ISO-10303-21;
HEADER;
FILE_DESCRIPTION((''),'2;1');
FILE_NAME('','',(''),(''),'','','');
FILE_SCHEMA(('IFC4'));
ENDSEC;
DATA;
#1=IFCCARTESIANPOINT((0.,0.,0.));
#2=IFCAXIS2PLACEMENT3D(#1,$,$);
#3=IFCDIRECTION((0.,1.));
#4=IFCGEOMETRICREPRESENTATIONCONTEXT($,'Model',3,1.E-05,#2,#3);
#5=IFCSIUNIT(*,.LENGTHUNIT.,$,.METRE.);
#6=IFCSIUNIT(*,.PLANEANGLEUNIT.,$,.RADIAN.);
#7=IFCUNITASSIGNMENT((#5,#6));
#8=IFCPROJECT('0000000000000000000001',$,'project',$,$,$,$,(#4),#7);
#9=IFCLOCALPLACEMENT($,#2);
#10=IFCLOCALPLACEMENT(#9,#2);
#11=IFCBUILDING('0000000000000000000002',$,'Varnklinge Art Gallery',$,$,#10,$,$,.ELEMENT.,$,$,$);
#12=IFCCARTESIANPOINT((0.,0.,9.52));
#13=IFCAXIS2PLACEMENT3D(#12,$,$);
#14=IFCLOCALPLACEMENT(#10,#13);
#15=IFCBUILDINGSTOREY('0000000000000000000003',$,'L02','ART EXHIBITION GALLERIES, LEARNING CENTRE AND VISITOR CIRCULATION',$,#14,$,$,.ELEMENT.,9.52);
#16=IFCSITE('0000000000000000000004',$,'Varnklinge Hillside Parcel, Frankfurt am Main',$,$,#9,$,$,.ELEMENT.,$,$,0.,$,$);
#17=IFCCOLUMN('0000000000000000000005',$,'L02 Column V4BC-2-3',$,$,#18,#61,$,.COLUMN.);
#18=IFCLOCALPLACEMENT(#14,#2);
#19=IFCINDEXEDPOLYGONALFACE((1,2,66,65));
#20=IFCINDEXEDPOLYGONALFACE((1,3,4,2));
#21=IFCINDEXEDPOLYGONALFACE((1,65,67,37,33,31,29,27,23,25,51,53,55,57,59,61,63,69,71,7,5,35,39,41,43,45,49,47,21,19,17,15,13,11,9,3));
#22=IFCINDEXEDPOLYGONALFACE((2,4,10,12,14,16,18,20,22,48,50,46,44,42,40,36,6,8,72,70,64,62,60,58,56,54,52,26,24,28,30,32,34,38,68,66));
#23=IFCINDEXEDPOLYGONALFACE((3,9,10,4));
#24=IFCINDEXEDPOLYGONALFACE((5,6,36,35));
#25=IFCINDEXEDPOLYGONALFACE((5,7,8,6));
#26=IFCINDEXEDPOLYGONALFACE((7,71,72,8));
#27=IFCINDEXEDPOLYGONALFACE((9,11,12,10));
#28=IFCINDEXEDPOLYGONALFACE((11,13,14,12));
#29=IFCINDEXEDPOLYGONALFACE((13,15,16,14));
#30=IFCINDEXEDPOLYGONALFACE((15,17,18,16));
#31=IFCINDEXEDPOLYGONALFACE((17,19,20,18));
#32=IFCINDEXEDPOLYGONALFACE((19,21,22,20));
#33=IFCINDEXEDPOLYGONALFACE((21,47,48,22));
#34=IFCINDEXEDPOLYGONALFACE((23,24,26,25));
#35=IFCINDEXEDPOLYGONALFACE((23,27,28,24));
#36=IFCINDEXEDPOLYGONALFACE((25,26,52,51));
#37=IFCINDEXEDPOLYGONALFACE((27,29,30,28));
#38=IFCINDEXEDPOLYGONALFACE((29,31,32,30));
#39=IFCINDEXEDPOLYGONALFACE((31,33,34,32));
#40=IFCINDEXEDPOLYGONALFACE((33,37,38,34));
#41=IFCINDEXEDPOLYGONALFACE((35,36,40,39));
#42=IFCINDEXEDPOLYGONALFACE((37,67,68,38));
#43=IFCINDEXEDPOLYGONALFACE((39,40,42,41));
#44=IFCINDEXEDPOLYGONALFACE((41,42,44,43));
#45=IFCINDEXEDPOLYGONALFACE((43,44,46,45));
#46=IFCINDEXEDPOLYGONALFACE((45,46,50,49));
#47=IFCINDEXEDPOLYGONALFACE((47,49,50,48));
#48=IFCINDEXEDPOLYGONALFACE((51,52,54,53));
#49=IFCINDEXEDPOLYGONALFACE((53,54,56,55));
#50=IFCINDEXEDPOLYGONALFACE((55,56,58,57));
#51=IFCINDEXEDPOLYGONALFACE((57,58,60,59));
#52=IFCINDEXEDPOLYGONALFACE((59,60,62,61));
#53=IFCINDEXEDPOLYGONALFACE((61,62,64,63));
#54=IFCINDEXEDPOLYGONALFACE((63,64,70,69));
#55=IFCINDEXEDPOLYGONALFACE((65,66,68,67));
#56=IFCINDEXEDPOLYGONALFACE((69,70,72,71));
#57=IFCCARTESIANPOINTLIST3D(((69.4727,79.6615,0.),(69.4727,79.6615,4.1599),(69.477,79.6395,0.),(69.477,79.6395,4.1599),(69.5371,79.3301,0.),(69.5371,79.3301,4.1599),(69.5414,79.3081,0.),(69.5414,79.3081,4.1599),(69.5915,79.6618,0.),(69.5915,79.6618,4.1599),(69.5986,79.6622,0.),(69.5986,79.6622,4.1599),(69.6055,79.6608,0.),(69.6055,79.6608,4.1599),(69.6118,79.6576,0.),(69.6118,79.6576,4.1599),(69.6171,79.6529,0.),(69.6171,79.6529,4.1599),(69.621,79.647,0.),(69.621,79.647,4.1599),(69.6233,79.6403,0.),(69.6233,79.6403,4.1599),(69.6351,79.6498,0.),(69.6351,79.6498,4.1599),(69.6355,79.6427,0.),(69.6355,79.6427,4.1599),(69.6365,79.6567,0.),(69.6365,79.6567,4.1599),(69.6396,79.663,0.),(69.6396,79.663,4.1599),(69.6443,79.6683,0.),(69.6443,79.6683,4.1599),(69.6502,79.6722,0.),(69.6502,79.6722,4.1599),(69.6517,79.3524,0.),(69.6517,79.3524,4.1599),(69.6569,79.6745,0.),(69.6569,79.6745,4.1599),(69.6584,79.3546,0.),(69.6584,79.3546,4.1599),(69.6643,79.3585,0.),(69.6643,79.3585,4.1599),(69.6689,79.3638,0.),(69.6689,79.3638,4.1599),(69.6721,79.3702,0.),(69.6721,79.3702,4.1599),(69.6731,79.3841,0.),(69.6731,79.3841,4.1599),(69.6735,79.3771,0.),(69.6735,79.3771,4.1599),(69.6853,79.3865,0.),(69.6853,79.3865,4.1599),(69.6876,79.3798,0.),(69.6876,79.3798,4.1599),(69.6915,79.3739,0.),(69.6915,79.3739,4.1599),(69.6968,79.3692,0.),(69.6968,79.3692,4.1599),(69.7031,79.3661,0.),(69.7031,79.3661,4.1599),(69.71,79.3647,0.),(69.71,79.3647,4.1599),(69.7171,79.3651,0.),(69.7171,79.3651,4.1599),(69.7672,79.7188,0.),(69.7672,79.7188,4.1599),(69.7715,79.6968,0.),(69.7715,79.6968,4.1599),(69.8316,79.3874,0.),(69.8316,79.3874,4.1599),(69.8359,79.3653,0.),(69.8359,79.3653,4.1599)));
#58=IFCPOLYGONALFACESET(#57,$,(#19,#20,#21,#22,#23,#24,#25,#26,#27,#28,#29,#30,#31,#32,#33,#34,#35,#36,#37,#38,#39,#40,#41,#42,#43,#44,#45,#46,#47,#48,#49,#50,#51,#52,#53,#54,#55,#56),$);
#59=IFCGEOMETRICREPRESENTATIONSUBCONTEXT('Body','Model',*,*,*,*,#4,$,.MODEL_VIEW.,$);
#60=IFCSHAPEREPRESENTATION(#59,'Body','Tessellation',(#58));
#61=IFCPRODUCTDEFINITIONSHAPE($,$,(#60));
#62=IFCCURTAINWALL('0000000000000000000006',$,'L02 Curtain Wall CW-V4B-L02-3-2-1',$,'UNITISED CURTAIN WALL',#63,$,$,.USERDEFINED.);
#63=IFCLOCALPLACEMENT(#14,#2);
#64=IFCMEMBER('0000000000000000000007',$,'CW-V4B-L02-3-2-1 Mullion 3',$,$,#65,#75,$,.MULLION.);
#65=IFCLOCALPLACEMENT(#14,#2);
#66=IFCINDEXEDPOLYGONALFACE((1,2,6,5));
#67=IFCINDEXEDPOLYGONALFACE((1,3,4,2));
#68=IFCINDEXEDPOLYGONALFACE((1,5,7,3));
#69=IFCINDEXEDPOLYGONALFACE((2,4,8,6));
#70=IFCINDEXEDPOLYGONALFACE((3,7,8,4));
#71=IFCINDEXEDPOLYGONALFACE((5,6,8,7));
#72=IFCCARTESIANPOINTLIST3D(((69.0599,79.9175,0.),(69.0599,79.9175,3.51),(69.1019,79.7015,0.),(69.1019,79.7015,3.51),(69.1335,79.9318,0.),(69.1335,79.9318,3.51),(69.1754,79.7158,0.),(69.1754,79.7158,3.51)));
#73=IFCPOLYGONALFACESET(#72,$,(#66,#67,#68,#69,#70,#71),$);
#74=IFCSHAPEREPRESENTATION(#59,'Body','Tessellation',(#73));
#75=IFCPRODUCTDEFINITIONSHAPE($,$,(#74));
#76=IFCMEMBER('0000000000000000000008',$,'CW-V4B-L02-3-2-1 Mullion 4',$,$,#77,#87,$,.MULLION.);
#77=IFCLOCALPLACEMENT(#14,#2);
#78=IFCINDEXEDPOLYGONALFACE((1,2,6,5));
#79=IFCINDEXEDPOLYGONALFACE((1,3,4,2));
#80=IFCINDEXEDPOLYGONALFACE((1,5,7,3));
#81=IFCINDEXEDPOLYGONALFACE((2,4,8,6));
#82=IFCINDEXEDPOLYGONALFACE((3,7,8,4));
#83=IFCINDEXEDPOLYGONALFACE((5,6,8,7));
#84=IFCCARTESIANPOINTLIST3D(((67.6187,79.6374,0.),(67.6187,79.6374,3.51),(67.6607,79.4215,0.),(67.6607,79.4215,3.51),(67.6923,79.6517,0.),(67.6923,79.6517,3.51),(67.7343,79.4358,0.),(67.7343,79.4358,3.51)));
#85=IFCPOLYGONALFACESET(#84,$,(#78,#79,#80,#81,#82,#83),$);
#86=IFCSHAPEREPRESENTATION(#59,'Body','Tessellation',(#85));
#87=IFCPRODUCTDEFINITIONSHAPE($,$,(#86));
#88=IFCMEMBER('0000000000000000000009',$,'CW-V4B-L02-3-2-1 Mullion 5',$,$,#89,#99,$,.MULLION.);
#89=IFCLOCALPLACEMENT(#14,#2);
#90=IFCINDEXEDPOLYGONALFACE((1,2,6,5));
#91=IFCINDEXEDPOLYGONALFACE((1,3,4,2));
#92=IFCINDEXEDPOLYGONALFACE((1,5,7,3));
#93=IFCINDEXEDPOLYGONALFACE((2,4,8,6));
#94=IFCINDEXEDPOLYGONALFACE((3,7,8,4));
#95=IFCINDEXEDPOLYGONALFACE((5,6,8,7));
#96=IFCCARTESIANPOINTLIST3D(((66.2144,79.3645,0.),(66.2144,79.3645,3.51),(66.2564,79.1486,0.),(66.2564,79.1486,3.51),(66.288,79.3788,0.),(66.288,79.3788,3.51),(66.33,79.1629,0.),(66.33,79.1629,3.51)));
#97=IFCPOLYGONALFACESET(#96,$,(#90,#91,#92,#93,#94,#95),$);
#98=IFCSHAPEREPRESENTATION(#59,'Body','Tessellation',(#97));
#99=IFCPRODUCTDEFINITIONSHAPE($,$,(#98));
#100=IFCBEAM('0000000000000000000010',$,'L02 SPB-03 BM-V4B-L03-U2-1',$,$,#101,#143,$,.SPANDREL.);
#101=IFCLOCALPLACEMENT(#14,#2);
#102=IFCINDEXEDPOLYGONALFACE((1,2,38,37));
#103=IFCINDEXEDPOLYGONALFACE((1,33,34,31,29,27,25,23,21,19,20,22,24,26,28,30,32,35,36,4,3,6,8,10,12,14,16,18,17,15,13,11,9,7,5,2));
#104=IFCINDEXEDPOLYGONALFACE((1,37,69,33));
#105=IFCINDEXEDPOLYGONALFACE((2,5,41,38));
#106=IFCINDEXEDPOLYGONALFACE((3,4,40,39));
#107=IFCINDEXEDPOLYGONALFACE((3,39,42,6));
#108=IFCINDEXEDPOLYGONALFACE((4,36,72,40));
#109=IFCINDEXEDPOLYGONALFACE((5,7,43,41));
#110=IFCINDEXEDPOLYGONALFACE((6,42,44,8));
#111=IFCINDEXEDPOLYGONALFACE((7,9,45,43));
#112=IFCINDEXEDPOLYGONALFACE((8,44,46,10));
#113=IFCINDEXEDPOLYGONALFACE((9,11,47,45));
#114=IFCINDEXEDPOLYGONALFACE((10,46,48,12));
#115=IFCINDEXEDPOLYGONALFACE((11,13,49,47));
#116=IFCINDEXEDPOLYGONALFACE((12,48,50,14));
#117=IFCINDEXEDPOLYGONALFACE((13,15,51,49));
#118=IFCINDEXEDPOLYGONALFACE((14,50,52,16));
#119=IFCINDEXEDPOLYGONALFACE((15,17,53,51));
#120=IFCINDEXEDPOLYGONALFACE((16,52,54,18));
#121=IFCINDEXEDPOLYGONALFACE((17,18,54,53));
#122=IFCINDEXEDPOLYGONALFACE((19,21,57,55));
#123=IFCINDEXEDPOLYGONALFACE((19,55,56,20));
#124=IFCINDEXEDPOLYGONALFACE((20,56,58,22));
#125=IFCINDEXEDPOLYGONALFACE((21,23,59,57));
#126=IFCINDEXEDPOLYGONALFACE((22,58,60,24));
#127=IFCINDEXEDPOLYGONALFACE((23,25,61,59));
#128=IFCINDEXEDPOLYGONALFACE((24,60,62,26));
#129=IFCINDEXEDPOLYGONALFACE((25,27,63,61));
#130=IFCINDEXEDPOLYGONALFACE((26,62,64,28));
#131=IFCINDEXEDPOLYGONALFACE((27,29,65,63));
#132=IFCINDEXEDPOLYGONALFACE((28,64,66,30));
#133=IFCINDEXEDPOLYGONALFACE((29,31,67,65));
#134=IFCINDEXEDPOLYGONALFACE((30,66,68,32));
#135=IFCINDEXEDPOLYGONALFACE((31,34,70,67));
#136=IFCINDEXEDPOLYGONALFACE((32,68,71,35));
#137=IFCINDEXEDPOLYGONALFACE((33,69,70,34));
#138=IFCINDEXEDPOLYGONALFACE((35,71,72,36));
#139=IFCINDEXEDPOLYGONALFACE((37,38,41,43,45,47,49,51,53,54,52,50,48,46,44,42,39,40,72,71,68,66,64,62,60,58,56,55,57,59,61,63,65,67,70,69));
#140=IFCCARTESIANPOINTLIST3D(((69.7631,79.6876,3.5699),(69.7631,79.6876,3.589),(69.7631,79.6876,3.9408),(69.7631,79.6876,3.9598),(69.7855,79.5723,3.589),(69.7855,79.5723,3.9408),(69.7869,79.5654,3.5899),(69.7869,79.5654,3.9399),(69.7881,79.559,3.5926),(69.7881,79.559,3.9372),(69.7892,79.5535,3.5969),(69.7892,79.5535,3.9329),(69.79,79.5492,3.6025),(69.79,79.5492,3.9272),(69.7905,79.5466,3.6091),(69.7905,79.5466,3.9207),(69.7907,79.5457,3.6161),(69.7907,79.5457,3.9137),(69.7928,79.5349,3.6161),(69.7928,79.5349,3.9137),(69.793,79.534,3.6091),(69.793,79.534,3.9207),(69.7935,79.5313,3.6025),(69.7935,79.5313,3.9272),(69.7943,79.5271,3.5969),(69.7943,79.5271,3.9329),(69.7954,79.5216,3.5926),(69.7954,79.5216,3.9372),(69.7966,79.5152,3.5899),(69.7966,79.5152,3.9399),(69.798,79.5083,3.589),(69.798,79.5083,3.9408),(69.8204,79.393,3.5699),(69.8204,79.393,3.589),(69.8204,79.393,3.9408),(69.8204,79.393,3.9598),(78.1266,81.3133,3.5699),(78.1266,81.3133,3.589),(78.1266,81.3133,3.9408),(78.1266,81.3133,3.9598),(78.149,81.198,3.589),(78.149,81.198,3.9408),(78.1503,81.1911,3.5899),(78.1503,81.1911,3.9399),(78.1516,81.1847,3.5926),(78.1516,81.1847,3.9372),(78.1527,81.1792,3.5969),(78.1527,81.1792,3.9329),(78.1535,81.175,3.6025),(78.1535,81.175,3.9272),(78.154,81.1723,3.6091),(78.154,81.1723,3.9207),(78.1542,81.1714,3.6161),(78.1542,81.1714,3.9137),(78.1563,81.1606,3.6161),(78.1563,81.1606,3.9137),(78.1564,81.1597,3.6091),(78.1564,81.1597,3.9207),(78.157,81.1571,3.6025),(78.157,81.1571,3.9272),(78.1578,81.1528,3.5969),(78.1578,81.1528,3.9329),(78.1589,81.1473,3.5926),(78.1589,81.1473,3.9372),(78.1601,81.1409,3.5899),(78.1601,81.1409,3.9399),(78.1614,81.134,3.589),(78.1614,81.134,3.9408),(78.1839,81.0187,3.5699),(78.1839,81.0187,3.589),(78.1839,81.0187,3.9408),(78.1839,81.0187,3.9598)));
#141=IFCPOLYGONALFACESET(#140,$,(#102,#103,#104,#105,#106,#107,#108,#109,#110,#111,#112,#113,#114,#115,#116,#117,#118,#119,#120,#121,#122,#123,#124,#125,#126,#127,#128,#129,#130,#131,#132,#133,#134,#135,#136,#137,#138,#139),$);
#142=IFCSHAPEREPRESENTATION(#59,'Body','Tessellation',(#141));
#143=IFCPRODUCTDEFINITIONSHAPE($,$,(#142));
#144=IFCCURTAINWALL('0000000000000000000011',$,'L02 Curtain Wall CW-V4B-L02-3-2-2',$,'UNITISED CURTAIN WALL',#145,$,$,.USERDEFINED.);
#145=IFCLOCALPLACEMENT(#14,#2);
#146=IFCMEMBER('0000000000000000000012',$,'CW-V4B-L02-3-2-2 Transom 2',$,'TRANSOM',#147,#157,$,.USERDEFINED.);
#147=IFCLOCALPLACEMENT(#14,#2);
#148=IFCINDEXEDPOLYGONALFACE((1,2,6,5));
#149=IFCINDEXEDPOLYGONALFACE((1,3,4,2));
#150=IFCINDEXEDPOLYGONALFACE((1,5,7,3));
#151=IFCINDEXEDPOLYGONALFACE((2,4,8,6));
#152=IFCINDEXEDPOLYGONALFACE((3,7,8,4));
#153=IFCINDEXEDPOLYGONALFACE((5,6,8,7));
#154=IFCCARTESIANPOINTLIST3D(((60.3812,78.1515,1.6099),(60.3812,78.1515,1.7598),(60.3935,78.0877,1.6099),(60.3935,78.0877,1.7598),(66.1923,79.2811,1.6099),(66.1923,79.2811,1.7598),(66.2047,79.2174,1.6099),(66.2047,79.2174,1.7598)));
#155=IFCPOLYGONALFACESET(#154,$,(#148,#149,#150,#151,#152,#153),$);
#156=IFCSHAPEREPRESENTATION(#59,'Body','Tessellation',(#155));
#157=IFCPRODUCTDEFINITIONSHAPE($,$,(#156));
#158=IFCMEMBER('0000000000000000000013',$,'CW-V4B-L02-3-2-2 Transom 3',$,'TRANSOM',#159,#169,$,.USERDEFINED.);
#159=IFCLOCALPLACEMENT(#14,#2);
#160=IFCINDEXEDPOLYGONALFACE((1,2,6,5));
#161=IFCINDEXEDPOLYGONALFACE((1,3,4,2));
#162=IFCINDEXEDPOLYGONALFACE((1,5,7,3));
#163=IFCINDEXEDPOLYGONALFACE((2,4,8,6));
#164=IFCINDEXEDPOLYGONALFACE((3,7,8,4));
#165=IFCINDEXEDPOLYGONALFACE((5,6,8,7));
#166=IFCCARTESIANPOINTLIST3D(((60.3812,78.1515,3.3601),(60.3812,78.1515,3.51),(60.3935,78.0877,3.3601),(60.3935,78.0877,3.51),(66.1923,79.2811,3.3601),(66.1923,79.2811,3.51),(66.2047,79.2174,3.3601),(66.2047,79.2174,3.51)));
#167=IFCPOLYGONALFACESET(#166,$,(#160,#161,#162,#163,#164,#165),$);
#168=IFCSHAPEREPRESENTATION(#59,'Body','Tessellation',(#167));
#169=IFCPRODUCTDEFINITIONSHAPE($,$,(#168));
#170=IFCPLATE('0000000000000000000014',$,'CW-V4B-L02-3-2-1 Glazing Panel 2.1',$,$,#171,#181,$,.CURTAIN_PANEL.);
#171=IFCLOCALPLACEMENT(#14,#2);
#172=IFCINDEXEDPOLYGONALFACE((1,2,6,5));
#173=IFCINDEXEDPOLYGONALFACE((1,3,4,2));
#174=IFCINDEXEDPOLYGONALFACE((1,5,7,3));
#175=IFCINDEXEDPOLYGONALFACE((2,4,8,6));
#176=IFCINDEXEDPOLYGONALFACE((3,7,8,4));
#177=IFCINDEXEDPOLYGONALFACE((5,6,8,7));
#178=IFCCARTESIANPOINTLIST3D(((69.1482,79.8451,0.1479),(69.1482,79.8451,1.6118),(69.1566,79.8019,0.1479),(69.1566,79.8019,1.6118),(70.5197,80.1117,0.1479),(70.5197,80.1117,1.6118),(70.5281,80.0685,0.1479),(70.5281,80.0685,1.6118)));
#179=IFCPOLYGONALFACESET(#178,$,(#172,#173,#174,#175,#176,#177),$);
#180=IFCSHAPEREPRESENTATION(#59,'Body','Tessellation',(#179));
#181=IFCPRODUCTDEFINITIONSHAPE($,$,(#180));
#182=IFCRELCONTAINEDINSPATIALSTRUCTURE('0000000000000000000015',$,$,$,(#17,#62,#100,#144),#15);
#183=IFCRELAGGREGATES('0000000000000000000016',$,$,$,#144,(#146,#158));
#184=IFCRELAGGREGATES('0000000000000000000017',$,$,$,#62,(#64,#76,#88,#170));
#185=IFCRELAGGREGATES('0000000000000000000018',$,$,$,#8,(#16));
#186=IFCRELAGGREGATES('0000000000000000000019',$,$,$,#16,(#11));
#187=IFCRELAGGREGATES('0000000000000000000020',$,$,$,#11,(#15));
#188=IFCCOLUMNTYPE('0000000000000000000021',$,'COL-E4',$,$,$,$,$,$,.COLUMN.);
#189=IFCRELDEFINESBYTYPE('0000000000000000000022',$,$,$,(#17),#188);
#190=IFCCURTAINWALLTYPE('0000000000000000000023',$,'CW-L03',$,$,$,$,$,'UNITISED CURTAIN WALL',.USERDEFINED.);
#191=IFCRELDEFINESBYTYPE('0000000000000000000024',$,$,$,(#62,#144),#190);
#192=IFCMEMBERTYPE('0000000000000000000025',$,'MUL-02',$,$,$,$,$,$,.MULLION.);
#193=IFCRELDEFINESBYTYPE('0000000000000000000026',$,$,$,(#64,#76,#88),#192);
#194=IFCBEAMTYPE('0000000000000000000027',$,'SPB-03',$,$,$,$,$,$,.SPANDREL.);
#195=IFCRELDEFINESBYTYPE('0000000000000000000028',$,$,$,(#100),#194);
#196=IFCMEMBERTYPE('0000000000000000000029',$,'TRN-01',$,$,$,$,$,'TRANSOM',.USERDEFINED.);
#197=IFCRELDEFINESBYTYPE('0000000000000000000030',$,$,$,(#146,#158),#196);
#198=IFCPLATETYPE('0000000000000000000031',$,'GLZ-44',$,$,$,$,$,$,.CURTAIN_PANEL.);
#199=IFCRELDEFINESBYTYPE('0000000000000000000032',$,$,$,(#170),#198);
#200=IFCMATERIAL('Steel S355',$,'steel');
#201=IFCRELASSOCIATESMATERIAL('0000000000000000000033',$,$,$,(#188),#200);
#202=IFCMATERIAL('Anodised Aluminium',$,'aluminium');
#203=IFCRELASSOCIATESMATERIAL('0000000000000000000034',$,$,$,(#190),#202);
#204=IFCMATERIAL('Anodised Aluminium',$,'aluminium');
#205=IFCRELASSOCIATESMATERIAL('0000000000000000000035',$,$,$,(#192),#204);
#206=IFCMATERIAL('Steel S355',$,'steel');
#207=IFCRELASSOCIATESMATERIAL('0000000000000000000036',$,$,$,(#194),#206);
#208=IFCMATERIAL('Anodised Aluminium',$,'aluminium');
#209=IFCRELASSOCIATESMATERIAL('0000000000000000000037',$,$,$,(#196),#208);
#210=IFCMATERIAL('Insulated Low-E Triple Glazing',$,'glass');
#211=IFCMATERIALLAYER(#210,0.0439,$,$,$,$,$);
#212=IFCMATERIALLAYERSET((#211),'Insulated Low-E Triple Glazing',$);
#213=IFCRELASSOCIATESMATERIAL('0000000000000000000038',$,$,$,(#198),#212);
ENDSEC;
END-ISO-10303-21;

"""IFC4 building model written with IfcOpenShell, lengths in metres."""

from ifc_helpers import new_model, si_unit, direction, frame, origin, origin_2d, place, context, subcontext, project, spatial, rectangle, i_section, extrude, material, layer, layer_set, material_profile, profile_set, type_object, element, aggregate, save


model = new_model("IFC4")

# Units and contexts
model_context = context("Model", 3, precision=1e-05, world=origin(), true_north=direction((0.0, 1.0)))
body_context = subcontext(model_context, "Body", "Model", "MODEL_VIEW")
ifc_project = project(units=[si_unit("LENGTHUNIT", "METRE"), si_unit("PLANEANGLEUNIT", "RADIAN")], contexts=[model_context])

# Site, building, storey
site_placement = place(None, origin())
site = spatial("IfcSite", under=ifc_project, at=site_placement, Name="Varnklinge Hillside Parcel, Frankfurt am Main", CompositionType="ELEMENT", RefElevation=0.0)
building_placement = place(site_placement, origin())
building = spatial("IfcBuilding", under=site, at=building_placement, Name="Varnklinge Art Gallery", CompositionType="ELEMENT")
storey_placement = place(building_placement, frame((0.0, 0.0, 9.52)))
storey = spatial("IfcBuildingStorey", under=building, at=storey_placement, Name="L02", Description="ART EXHIBITION GALLERIES, LEARNING CENTRE AND VISITOR CIRCULATION", CompositionType="ELEMENT", Elevation=9.52)

# Column
ifc_material_1 = material(Name="Steel S355", Category="steel")
ifc_material_profile_1 = material_profile(ifc_material_1, i_section(OverallWidth=0.3, OverallDepth=0.3601, WebThickness=0.0125, FlangeThickness=0.0225, FilletRadius=0.0271, at=origin_2d()), Name="HEB 360")
ifc_profile_set_1 = profile_set([ifc_material_profile_1], Name="Steel S355")
column_type = type_object("IfcColumnType", Name="COL-E4", PredefinedType="COLUMN", material=ifc_profile_set_1)
column_placement = place(storey_placement, frame((69.6543, 79.5134, 0.0), z_axis=(0.0, 0.0, 1.0), x_axis=(0.981627, 0.190809, 0.0)))
element("IfcColumn", 1, at=column_placement, inside=storey, type_object=column_type, Name="L02 Column V4BC-2-3", PredefinedType="COLUMN", context=body_context, shape_type="SweptSolid", body=[
    extrude(i_section(OverallWidth=0.3, OverallDepth=0.3601, WebThickness=0.0125, FlangeThickness=0.0225, FilletRadius=0.0271, at=origin_2d()), origin(), (0.0, 0.0, 1.0), 4.1599),
])

# Curtain wall, members
ifc_material_2 = material(Name="Anodised Aluminium", Category="aluminium")
curtain_wall_type = type_object("IfcCurtainWallType", Name="CW-L03", ElementType="UNITISED CURTAIN WALL", PredefinedType="USERDEFINED", material=ifc_material_2)
curtain_wall_1_placement = place(storey_placement, origin())
curtain_wall_1 = element("IfcCurtainWall", 2, at=curtain_wall_1_placement, inside=storey, type_object=curtain_wall_type, Name="L02 Curtain Wall CW-V4B-L02-3-2-1", ObjectType="UNITISED CURTAIN WALL", PredefinedType="USERDEFINED")
ifc_material_3 = material(Name="Anodised Aluminium", Category="aluminium")
ifc_material_profile_2 = material_profile(ifc_material_3, rectangle(XDim=0.075, YDim=0.22, at=origin_2d()), Name="ALU 75x220")
ifc_profile_set_2 = profile_set([ifc_material_profile_2], Name="Anodised Aluminium")
member_type_1 = type_object("IfcMemberType", Name="MUL-02", PredefinedType="MULLION", material=ifc_profile_set_2)
member_1_placement = place(storey_placement, frame((69.1177, 79.8167, 0.0), z_axis=(0.0, 0.0, 1.0), x_axis=(-0.981627, -0.190809, 0.0)))
member_1 = element("IfcMember", 3, at=member_1_placement, type_object=member_type_1, Name="CW-V4B-L02-3-2-1 Mullion 3", PredefinedType="MULLION", context=body_context, shape_type="SweptSolid", body=[
    extrude(rectangle(XDim=0.075, YDim=0.22, at=origin_2d()), origin(), (0.0, 0.0, 1.0), 3.51),
])
member_2_placement = place(storey_placement, frame((67.6765, 79.5366, 0.0), z_axis=(0.0, 0.0, 1.0), x_axis=(-0.981627, -0.190809, 0.0)))
member_2 = element("IfcMember", 4, at=member_2_placement, type_object=member_type_1, Name="CW-V4B-L02-3-2-1 Mullion 4", PredefinedType="MULLION", context=body_context, shape_type="SweptSolid", body=[
    extrude(rectangle(XDim=0.075, YDim=0.22, at=origin_2d()), origin(), (0.0, 0.0, 1.0), 3.51),
])
member_3_placement = place(storey_placement, frame((66.2722, 79.2637, 0.0), z_axis=(0.0, 0.0, 1.0), x_axis=(-0.981627, -0.190809, 0.0)))
member_3 = element("IfcMember", 5, at=member_3_placement, type_object=member_type_1, Name="CW-V4B-L02-3-2-1 Mullion 5", PredefinedType="MULLION", context=body_context, shape_type="SweptSolid", body=[
    extrude(rectangle(XDim=0.075, YDim=0.22, at=origin_2d()), origin(), (0.0, 0.0, 1.0), 3.51),
])

# Beam
ifc_material_4 = material(Name="Steel S355", Category="steel")
ifc_material_profile_3 = material_profile(ifc_material_4, i_section(OverallWidth=0.3, OverallDepth=0.3899, WebThickness=0.011, FlangeThickness=0.019, FilletRadius=0.0271, at=origin_2d()), Name="HEA 400")
ifc_profile_set_3 = profile_set([ifc_material_profile_3], Name="Steel S355")
beam_type = type_object("IfcBeamType", Name="SPB-03", PredefinedType="SPANDREL", material=ifc_profile_set_3)
beam_placement = place(storey_placement, frame((69.7917, 79.5403, 3.7649), z_axis=(0.981627, 0.190812, 0.0), x_axis=(-0.190812, 0.981627, 0.0)))
element("IfcBeam", 6, at=beam_placement, inside=storey, type_object=beam_type, Name="L02 SPB-03 BM-V4B-L03-U2-1", PredefinedType="SPANDREL", context=body_context, shape_type="SweptSolid", body=[
    extrude(i_section(OverallWidth=0.3, OverallDepth=0.3899, WebThickness=0.011, FlangeThickness=0.019, FilletRadius=0.0271, at=origin_2d()), origin(), (0.0, 0.0, 1.0), 8.52),
])

# Curtain wall, members
curtain_wall_2_placement = place(storey_placement, origin())
curtain_wall_2 = element("IfcCurtainWall", 7, at=curtain_wall_2_placement, inside=storey, type_object=curtain_wall_type, Name="L02 Curtain Wall CW-V4B-L02-3-2-2", ObjectType="UNITISED CURTAIN WALL", PredefinedType="USERDEFINED")
ifc_material_5 = material(Name="Anodised Aluminium", Category="aluminium")
ifc_material_profile_4 = material_profile(ifc_material_5, rectangle(XDim=0.0649, YDim=0.1499, at=origin_2d()), Name="ALU 65x150")
ifc_profile_set_4 = profile_set([ifc_material_profile_4], Name="Anodised Aluminium")
member_type_2 = type_object("IfcMemberType", Name="TRN-01", ElementType="TRANSOM", PredefinedType="USERDEFINED", material=ifc_profile_set_4)
member_4_placement = place(storey_placement, frame((66.1985, 79.2493, 1.6848), z_axis=(-0.981624, -0.190823, 0.0), x_axis=(0.190823, -0.981624, 0.0)))
member_4 = element("IfcMember", 8, at=member_4_placement, type_object=member_type_2, Name="CW-V4B-L02-3-2-2 Transom 2", ObjectType="TRANSOM", PredefinedType="USERDEFINED", context=body_context, shape_type="SweptSolid", body=[
    extrude(rectangle(XDim=0.0649, YDim=0.1499, at=origin_2d()), origin(), (0.0, 0.0, 1.0), 5.9199),
])
member_5_placement = place(storey_placement, frame((66.1985, 79.2493, 3.4351), z_axis=(-0.981624, -0.190823, 0.0), x_axis=(0.190823, -0.981624, 0.0)))
member_5 = element("IfcMember", 9, at=member_5_placement, type_object=member_type_2, Name="CW-V4B-L02-3-2-2 Transom 3", ObjectType="TRANSOM", PredefinedType="USERDEFINED", context=body_context, shape_type="SweptSolid", body=[
    extrude(rectangle(XDim=0.0649, YDim=0.1499, at=origin_2d()), origin(), (0.0, 0.0, 1.0), 5.9199),
])
aggregate(curtain_wall_2, [member_4, member_5])

# Plate
ifc_material_6 = material(Name="Insulated Low-E Triple Glazing", Category="glass")
ifc_layer_1 = layer(ifc_material_6, 0.0439)
ifc_layer_set_1 = layer_set([ifc_layer_1], Name="Insulated Low-E Triple Glazing")
plate_type = type_object("IfcPlateType", Name="GLZ-44", PredefinedType="CURTAIN_PANEL", material=ifc_layer_set_1)
plate_1_placement = place(storey_placement, frame((69.8381, 79.9568, 0.1479), z_axis=(0.0, 0.0, 1.0), x_axis=(-0.981627, -0.190809, 0.0)))
plate_1 = element("IfcPlate", 10, at=plate_1_placement, type_object=plate_type, Name="CW-V4B-L02-3-2-1 Glazing Panel 2.1", PredefinedType="CURTAIN_PANEL", context=body_context, shape_type="SweptSolid", body=[
    extrude(rectangle(XDim=1.3972, YDim=0.0439, at=origin_2d()), origin(), (0.0, 0.0, 1.0), 1.4639),
])
aggregate(curtain_wall_1, [member_1, member_2, member_3, plate_1])

save(model, "model.ifc")
